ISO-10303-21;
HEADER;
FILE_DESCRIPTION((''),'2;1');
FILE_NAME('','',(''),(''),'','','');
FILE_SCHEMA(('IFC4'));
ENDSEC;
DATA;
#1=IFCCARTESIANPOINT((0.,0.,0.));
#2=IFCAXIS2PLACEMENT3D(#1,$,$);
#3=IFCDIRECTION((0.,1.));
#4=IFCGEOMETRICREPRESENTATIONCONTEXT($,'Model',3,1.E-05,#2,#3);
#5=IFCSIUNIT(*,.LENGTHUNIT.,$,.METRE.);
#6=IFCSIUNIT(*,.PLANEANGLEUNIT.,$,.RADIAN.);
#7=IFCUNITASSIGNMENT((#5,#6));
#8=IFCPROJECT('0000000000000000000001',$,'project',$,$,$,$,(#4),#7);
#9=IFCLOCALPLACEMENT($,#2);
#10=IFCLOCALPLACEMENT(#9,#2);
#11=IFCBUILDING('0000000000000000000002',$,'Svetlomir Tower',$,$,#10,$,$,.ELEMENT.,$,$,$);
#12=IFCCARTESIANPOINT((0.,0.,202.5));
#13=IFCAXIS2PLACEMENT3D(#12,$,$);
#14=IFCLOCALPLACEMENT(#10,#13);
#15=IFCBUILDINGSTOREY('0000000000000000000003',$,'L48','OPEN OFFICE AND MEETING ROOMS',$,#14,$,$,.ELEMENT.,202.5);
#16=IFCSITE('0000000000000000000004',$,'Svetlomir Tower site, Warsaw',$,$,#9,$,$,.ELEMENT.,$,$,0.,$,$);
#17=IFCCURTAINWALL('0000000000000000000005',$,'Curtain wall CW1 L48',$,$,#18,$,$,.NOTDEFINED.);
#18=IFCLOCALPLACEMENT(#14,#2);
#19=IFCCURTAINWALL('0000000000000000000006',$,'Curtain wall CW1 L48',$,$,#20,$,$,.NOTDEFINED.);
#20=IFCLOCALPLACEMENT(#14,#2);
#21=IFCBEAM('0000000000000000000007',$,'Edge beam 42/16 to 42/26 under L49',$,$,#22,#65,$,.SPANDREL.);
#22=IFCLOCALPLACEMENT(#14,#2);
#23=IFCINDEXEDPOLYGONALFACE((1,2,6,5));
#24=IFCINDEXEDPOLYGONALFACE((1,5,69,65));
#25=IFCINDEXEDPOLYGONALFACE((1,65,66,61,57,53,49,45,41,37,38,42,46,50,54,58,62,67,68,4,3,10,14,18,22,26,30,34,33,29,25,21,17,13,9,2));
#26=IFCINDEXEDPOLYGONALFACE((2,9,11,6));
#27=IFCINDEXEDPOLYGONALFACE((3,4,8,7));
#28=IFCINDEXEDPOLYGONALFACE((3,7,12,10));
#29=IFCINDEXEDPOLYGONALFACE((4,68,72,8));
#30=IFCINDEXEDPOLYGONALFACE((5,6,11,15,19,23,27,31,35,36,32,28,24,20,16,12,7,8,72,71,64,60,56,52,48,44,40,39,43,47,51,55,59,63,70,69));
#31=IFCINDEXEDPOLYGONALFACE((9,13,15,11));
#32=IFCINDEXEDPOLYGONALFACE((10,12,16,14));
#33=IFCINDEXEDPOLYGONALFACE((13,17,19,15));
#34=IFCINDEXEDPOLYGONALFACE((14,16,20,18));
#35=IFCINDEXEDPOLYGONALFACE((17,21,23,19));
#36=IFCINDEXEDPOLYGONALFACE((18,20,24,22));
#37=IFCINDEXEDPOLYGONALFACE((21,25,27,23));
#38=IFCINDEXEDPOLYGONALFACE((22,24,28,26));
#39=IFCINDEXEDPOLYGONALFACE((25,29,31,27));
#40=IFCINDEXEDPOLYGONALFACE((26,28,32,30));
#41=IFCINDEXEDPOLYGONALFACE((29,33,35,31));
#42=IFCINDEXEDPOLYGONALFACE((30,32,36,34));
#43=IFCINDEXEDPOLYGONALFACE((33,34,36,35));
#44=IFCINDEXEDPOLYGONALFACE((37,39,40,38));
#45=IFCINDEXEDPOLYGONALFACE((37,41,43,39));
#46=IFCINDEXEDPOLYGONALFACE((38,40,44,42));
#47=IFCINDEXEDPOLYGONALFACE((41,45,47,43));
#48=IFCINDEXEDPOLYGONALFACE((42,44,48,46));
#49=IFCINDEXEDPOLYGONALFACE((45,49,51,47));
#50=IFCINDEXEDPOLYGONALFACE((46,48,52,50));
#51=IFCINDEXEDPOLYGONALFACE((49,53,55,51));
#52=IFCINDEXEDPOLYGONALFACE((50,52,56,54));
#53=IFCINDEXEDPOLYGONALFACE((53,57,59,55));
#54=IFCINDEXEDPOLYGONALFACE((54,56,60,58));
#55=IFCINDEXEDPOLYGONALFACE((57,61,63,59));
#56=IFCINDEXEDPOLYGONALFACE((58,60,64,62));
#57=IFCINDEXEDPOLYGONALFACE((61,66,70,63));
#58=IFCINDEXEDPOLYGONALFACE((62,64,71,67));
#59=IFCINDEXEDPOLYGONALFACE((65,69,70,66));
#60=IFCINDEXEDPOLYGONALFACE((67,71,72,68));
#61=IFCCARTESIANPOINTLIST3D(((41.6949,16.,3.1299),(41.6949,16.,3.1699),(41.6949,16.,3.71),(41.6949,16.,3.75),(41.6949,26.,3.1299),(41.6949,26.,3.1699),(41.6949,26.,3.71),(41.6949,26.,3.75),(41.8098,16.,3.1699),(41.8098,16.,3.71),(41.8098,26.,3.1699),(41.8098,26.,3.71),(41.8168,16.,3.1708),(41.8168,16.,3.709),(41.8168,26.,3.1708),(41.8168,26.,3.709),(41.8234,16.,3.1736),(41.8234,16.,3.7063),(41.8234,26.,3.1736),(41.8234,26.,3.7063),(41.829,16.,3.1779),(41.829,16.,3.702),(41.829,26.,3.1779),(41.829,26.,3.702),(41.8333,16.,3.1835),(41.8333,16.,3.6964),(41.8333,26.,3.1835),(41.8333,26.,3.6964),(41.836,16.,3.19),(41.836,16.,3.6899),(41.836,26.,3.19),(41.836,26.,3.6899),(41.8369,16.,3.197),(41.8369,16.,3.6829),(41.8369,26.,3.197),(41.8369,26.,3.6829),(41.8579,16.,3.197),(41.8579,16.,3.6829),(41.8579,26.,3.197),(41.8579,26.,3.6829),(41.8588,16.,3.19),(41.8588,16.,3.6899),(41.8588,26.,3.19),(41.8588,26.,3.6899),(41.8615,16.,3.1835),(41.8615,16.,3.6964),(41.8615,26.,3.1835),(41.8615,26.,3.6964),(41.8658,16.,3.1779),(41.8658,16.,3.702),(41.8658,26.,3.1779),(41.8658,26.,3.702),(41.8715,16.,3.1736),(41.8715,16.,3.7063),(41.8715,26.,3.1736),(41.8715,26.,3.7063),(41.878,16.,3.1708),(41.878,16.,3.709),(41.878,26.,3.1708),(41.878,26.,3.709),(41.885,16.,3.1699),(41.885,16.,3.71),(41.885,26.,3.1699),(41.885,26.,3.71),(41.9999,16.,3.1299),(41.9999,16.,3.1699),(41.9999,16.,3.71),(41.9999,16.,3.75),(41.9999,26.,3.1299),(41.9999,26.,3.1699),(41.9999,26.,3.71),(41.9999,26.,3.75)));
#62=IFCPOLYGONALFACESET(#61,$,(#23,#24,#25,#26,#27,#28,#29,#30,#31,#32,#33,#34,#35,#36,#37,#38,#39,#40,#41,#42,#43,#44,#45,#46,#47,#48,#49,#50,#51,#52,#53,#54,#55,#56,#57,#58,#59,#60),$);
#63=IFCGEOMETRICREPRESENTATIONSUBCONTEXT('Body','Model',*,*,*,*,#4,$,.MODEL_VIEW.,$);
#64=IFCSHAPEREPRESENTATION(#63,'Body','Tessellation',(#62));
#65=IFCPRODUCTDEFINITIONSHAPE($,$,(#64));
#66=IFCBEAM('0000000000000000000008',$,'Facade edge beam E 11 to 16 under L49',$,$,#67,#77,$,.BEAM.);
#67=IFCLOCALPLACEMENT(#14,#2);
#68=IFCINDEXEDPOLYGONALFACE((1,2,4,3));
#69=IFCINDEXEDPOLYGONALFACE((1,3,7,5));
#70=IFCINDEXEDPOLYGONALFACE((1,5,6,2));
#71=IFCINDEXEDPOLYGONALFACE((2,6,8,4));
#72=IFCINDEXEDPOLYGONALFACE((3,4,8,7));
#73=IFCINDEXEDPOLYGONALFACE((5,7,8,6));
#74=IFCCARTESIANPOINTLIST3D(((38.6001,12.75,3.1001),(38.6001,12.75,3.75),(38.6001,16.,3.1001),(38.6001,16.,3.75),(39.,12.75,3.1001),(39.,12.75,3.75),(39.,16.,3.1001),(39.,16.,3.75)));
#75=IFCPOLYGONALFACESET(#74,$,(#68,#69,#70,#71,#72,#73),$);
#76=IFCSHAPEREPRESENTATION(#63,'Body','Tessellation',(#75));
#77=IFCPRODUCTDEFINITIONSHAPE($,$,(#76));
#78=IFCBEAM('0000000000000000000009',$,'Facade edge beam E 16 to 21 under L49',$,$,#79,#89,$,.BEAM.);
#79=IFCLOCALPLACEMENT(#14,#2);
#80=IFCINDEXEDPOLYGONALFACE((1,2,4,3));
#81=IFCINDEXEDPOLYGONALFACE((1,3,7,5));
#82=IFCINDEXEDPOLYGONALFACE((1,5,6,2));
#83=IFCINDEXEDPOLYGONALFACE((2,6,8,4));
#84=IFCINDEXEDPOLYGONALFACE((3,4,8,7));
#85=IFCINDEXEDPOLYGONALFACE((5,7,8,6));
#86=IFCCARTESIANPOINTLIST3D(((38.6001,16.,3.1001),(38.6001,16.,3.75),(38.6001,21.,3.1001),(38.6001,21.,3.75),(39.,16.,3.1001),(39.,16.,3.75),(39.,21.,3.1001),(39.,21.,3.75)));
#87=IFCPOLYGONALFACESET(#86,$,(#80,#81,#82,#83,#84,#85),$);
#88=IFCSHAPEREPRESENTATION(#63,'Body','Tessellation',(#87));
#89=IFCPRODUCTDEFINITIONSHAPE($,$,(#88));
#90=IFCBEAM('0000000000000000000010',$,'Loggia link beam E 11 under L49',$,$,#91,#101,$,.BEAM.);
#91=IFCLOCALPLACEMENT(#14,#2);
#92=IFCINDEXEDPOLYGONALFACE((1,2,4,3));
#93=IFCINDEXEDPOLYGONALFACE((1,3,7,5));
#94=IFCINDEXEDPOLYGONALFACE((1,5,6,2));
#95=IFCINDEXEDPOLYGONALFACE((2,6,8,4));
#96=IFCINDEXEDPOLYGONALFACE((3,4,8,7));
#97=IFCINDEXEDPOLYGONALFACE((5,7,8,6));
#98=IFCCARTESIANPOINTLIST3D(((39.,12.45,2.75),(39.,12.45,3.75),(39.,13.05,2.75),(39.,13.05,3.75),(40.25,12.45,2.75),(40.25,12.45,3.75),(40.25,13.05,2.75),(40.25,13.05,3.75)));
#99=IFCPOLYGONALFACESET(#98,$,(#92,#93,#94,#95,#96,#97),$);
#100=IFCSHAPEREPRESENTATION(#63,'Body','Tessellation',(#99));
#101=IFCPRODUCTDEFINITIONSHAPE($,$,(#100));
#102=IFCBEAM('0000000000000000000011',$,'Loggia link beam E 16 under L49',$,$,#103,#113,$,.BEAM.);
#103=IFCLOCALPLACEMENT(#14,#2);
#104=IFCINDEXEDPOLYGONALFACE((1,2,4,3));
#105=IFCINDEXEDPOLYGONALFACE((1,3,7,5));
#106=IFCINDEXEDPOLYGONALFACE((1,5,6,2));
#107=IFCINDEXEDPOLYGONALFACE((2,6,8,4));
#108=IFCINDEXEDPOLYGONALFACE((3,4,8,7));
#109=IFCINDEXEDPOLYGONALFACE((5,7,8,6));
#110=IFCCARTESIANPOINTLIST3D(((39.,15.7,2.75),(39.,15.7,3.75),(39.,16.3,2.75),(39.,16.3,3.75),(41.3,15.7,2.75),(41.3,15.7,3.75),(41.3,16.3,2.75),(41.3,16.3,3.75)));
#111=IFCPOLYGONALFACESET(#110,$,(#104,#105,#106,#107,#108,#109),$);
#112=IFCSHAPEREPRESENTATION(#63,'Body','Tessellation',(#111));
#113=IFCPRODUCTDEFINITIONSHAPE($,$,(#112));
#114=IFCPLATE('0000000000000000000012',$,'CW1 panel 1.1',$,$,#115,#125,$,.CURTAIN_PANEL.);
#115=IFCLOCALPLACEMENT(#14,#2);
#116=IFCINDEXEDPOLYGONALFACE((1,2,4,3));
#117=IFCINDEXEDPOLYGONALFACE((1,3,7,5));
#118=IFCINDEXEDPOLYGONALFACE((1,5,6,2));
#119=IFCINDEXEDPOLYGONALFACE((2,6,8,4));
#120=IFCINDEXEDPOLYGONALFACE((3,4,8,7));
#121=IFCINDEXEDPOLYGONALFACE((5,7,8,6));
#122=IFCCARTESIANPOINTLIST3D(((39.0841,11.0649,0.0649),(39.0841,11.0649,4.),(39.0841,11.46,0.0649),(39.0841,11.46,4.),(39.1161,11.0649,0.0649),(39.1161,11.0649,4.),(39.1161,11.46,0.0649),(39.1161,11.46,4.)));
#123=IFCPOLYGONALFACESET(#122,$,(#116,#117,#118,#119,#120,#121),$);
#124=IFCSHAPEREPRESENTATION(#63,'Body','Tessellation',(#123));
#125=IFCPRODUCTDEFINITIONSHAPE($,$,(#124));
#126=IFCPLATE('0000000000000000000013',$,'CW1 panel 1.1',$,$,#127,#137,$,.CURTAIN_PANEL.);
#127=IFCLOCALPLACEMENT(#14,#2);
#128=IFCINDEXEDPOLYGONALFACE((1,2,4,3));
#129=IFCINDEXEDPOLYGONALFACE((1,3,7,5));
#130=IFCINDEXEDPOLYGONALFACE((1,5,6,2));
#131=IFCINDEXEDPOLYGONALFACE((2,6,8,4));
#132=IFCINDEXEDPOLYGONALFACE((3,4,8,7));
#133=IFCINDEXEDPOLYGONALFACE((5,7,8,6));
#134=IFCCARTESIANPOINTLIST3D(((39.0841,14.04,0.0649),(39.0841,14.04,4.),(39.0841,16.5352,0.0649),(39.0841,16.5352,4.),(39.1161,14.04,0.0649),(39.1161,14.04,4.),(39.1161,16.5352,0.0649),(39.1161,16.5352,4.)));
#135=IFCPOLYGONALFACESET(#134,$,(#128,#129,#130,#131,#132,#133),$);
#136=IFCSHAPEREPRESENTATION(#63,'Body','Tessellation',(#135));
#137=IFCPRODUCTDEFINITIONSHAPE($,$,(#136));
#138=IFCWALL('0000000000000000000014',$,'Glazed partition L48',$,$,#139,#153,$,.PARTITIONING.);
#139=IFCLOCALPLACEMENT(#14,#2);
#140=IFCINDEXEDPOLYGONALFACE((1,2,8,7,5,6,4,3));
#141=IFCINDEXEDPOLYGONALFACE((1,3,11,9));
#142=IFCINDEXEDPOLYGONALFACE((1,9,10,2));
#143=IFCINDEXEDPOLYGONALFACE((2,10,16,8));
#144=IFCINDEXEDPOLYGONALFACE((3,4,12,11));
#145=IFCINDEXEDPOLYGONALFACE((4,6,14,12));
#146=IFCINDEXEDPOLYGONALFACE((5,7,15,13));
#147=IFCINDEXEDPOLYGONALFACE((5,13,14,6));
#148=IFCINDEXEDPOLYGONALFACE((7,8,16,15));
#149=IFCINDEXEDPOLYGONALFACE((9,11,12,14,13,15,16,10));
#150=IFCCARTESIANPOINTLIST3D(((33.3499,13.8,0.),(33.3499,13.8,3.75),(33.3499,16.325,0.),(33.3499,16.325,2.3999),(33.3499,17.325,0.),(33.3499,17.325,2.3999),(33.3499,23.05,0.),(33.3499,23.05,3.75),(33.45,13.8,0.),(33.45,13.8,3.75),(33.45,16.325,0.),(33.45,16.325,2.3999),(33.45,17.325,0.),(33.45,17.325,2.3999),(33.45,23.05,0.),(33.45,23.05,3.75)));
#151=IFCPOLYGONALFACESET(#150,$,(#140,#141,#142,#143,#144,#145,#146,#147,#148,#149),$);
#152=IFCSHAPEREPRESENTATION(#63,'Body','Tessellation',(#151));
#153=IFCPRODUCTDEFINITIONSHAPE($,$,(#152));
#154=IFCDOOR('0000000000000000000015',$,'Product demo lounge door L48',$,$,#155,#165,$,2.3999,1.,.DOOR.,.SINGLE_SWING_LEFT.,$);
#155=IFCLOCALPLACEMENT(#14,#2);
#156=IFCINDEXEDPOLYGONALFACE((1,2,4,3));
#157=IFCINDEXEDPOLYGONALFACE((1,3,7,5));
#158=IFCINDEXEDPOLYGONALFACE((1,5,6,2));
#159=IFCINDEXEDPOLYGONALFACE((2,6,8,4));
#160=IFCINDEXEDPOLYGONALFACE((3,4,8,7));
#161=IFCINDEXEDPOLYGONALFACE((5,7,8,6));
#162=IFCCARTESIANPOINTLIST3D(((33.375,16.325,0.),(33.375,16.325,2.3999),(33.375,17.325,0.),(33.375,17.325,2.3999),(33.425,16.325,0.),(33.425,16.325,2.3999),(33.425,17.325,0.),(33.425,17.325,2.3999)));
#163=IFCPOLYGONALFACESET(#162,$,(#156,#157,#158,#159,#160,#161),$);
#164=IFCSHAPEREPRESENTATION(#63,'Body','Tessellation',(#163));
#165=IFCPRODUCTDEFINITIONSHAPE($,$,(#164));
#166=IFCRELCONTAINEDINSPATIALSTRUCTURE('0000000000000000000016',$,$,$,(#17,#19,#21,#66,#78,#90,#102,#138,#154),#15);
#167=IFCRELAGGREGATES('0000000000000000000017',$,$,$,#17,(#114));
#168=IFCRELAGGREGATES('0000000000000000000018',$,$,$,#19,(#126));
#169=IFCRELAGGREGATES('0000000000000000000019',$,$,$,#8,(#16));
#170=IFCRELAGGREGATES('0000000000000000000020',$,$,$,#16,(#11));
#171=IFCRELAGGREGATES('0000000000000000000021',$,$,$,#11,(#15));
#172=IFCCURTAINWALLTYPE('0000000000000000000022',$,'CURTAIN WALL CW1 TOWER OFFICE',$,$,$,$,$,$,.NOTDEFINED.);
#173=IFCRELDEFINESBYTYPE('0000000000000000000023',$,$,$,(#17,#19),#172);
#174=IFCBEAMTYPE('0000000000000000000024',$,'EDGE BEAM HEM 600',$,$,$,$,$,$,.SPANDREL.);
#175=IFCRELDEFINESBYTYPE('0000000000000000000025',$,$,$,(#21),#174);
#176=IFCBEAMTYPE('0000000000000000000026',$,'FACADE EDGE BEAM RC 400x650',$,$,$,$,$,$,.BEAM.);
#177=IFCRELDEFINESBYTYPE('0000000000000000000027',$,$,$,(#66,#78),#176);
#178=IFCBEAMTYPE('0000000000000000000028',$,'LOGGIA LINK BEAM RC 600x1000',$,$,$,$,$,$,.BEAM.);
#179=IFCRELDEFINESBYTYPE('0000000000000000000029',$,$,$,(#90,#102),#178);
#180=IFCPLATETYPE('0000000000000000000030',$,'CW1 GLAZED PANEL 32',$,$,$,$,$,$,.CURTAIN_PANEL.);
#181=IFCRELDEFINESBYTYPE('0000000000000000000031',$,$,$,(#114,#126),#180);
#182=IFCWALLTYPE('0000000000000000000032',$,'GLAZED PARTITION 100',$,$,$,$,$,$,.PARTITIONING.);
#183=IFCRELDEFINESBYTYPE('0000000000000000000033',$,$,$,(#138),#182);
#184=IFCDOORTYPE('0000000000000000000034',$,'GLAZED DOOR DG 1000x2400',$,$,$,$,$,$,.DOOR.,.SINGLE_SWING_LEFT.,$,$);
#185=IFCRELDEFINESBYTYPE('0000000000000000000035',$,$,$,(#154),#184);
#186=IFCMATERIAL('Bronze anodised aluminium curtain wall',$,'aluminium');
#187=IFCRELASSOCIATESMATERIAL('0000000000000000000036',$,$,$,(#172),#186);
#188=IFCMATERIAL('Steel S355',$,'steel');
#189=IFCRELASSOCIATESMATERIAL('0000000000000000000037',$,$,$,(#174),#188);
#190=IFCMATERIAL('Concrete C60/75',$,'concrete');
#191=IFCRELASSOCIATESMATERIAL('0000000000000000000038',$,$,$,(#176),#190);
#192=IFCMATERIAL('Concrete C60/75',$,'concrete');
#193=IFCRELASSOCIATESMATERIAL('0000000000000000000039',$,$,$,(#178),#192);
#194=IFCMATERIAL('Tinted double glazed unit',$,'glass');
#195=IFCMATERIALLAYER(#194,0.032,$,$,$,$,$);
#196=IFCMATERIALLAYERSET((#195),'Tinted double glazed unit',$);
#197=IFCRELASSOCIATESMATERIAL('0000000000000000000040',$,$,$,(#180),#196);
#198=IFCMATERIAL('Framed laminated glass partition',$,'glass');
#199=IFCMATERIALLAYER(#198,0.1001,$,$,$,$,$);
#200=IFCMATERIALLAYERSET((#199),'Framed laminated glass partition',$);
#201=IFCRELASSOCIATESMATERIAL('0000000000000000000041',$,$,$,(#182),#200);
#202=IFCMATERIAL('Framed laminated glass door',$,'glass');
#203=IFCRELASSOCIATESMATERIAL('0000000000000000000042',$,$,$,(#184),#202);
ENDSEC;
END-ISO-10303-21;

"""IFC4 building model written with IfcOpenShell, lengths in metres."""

from ifc_helpers import new_model, si_unit, direction, frame, frame_2d, origin, origin_2d, place, context, subcontext, project, spatial, rectangle, i_section, extrude, material, layer, layer_set, material_profile, profile_set, type_object, element, fill, aggregate, save


model = new_model("IFC4")

# Units and contexts
model_context = context("Model", 3, precision=1e-05, world=origin(), true_north=direction((0.0, 1.0)))
body_context = subcontext(model_context, "Body", "Model", "MODEL_VIEW")
ifc_project = project(units=[si_unit("LENGTHUNIT", "METRE"), si_unit("PLANEANGLEUNIT", "RADIAN")], contexts=[model_context])

# Site, building, storey
site_placement = place(None, origin())
site = spatial("IfcSite", under=ifc_project, at=site_placement, Name="Svetlomir Tower site, Warsaw", CompositionType="ELEMENT", RefElevation=0.0)
building_placement = place(site_placement, origin())
building = spatial("IfcBuilding", under=site, at=building_placement, Name="Svetlomir Tower", CompositionType="ELEMENT")
storey_placement = place(building_placement, frame((0.0, 0.0, 202.5)))
storey = spatial("IfcBuildingStorey", under=building, at=storey_placement, Name="L48", Description="OPEN OFFICE AND MEETING ROOMS", CompositionType="ELEMENT", Elevation=202.5)

# Shared definitions
ifc_material_1 = material(Name="Bronze anodised aluminium curtain wall", Category="aluminium")
curtain_wall_type = type_object("IfcCurtainWallType", Name="CURTAIN WALL CW1 TOWER OFFICE", PredefinedType="NOTDEFINED", material=ifc_material_1)

# Curtain walls
curtain_wall_1_placement = place(storey_placement, origin())
curtain_wall_1 = element("IfcCurtainWall", 1, at=curtain_wall_1_placement, inside=storey, type_object=curtain_wall_type, Name="Curtain wall CW1 L48", PredefinedType="NOTDEFINED")
curtain_wall_2_placement = place(storey_placement, origin())
curtain_wall_2 = element("IfcCurtainWall", 2, at=curtain_wall_2_placement, inside=storey, type_object=curtain_wall_type, Name="Curtain wall CW1 L48", PredefinedType="NOTDEFINED")

# Beams
ifc_material_2 = material(Name="Steel S355", Category="steel")
ifc_material_profile_1 = material_profile(ifc_material_2, i_section(OverallWidth=0.3049, OverallDepth=0.6201, WebThickness=0.021, FlangeThickness=0.04, FilletRadius=0.0271, at=origin_2d()), Name="HEM 600")
ifc_profile_set_1 = profile_set([ifc_material_profile_1], Name="Steel S355")
beam_type_1 = type_object("IfcBeamType", Name="EDGE BEAM HEM 600", PredefinedType="SPANDREL", material=ifc_profile_set_1)
beam_1_placement = place(storey_placement, frame((41.8474, 16.0, 3.4399), z_axis=(0.0, 1.0, 0.0), x_axis=(-1.0, 0.0, 0.0)))
element("IfcBeam", 3, at=beam_1_placement, inside=storey, type_object=beam_type_1, Name="Edge beam 42/16 to 42/26 under L49", PredefinedType="SPANDREL", context=body_context, shape_type="SweptSolid", body=[
    extrude(i_section(OverallWidth=0.3049, OverallDepth=0.6201, WebThickness=0.021, FlangeThickness=0.04, FilletRadius=0.0271, at=origin_2d()), origin(), (0.0, 0.0, 1.0), 10.0),
])
ifc_material_3 = material(Name="Concrete C60/75", Category="concrete")
ifc_material_profile_2 = material_profile(ifc_material_3, rectangle(XDim=0.3999, YDim=0.6499, at=origin_2d()), Name="RC 400x650")
ifc_profile_set_2 = profile_set([ifc_material_profile_2], Name="Concrete C60/75")
beam_type_2 = type_object("IfcBeamType", Name="FACADE EDGE BEAM RC 400x650", PredefinedType="BEAM", material=ifc_profile_set_2)
beam_2_placement = place(storey_placement, frame((38.8, 12.75, 3.425), z_axis=(0.0, 1.0, 0.0), x_axis=(-1.0, 0.0, 0.0)))
element("IfcBeam", 4, at=beam_2_placement, inside=storey, type_object=beam_type_2, Name="Facade edge beam E 11 to 16 under L49", PredefinedType="BEAM", context=body_context, shape_type="SweptSolid", body=[
    extrude(rectangle(XDim=0.3999, YDim=0.6499, at=origin_2d()), origin(), (0.0, 0.0, 1.0), 3.25),
])
beam_3_placement = place(storey_placement, frame((38.8, 16.0, 3.425), z_axis=(0.0, 1.0, 0.0), x_axis=(-1.0, 0.0, 0.0)))
element("IfcBeam", 5, at=beam_3_placement, inside=storey, type_object=beam_type_2, Name="Facade edge beam E 16 to 21 under L49", PredefinedType="BEAM", context=body_context, shape_type="SweptSolid", body=[
    extrude(rectangle(XDim=0.3999, YDim=0.6499, at=origin_2d()), origin(), (0.0, 0.0, 1.0), 5.0),
])
ifc_material_4 = material(Name="Concrete C60/75", Category="concrete")
ifc_material_profile_3 = material_profile(ifc_material_4, rectangle(XDim=0.6001, YDim=1.0, at=origin_2d()), Name="RC 600x1000")
ifc_profile_set_3 = profile_set([ifc_material_profile_3], Name="Concrete C60/75")
beam_type_3 = type_object("IfcBeamType", Name="LOGGIA LINK BEAM RC 600x1000", PredefinedType="BEAM", material=ifc_profile_set_3)
beam_4_placement = place(storey_placement, frame((40.25, 12.75, 3.25), z_axis=(-1.0, 0.0, 0.0), x_axis=(0.0, -1.0, 0.0)))
element("IfcBeam", 6, at=beam_4_placement, inside=storey, type_object=beam_type_3, Name="Loggia link beam E 11 under L49", PredefinedType="BEAM", context=body_context, shape_type="SweptSolid", body=[
    extrude(rectangle(XDim=0.6001, YDim=1.0, at=origin_2d()), origin(), (0.0, 0.0, 1.0), 1.25),
])
beam_5_placement = place(storey_placement, frame((41.3, 16.0, 3.25), z_axis=(-1.0, 0.0, 0.0), x_axis=(0.0, -1.0, 0.0)))
element("IfcBeam", 7, at=beam_5_placement, inside=storey, type_object=beam_type_3, Name="Loggia link beam E 16 under L49", PredefinedType="BEAM", context=body_context, shape_type="SweptSolid", body=[
    extrude(rectangle(XDim=0.6001, YDim=1.0, at=origin_2d()), origin(), (0.0, 0.0, 1.0), 2.3),
])

# Plates
ifc_material_5 = material(Name="Tinted double glazed unit", Category="glass")
ifc_layer_1 = layer(ifc_material_5, 0.032)
ifc_layer_set_1 = layer_set([ifc_layer_1], Name="Tinted double glazed unit")
plate_type = type_object("IfcPlateType", Name="CW1 GLAZED PANEL 32", PredefinedType="CURTAIN_PANEL", material=ifc_layer_set_1)
plate_1_placement = place(storey_placement, frame((39.1001, 11.2625, 0.0649), z_axis=(0.0, 0.0, 1.0), x_axis=(0.0, 1.0, 0.0)))
plate_1 = element("IfcPlate", 8, at=plate_1_placement, type_object=plate_type, Name="CW1 panel 1.1", PredefinedType="CURTAIN_PANEL", context=body_context, shape_type="SweptSolid", body=[
    extrude(rectangle(XDim=0.395, YDim=0.032, at=origin_2d()), origin(), (0.0, 0.0, 1.0), 3.9351),
])
aggregate(curtain_wall_1, [plate_1])
plate_2_placement = place(storey_placement, frame((39.1001, 15.2876, 0.0649), z_axis=(0.0, 0.0, 1.0), x_axis=(0.0, 1.0, 0.0)))
plate_2 = element("IfcPlate", 9, at=plate_2_placement, type_object=plate_type, Name="CW1 panel 1.1", PredefinedType="CURTAIN_PANEL", context=body_context, shape_type="SweptSolid", body=[
    extrude(rectangle(XDim=2.4951, YDim=0.032, at=origin_2d()), origin(), (0.0, 0.0, 1.0), 3.9351),
])
aggregate(curtain_wall_2, [plate_2])

# Wall, opening, door
ifc_material_6 = material(Name="Framed laminated glass partition", Category="glass")
ifc_layer_2 = layer(ifc_material_6, 0.1001)
ifc_layer_set_2 = layer_set([ifc_layer_2], Name="Framed laminated glass partition")
wall_type_1 = type_object("IfcWallType", Name="GLAZED PARTITION 100", PredefinedType="PARTITIONING", material=ifc_layer_set_2)
wall_1_placement = place(storey_placement, frame((33.3999, 13.8, 0.0), z_axis=(0.0, 0.0, 1.0), x_axis=(0.0, 1.0, 0.0)))
wall_1 = element("IfcWall", 10, at=wall_1_placement, inside=storey, type_object=wall_type_1, Name="Glazed partition L48", PredefinedType="PARTITIONING", context=body_context, shape_type="SweptSolid", body=[
    extrude(rectangle(XDim=9.25, YDim=0.1001, at=frame_2d((4.625, 0.0))), origin(), (0.0, 0.0, 1.0), 3.75),
])
opening_1_placement = place(wall_1_placement, frame((2.5249, 0.0, 0.0)))
opening_1 = element("IfcOpeningElement", 11, at=opening_1_placement, cuts=wall_1, PredefinedType="OPENING", context=body_context, shape_type="SweptSolid", body=[
    extrude(rectangle(XDim=1.0, YDim=2.3999, at=frame_2d((0.5, 1.2))), frame((0.0, 0.0601, 0.0), z_axis=(0.0, -1.0, 0.0), x_axis=(1.0, 0.0, 0.0)), (0.0, 0.0, 1.0), 0.1201),
])
ifc_material_7 = material(Name="Framed laminated glass door", Category="glass")
door_type_1 = type_object("IfcDoorType", Name="GLAZED DOOR DG 1000x2400", OperationType="SINGLE_SWING_LEFT", PredefinedType="DOOR", material=ifc_material_7)
door_1_placement = place(opening_1_placement, origin())
door_1 = element("IfcDoor", 12, at=door_1_placement, inside=storey, type_object=door_type_1, Name="Product demo lounge door L48", OperationType="SINGLE_SWING_LEFT", OverallHeight=2.3999, OverallWidth=1.0, PredefinedType="DOOR", context=body_context, shape_type="SweptSolid", body=[
    extrude(rectangle(XDim=1.0, YDim=2.3999, at=frame_2d((0.5, 1.2))), frame((0.0, 0.0249, 0.0), z_axis=(0.0, -1.0, 0.0), x_axis=(1.0, 0.0, 0.0)), (0.0, 0.0, 1.0), 0.05),
])
fill(opening_1, door_1)

save(model, "model.ifc")
